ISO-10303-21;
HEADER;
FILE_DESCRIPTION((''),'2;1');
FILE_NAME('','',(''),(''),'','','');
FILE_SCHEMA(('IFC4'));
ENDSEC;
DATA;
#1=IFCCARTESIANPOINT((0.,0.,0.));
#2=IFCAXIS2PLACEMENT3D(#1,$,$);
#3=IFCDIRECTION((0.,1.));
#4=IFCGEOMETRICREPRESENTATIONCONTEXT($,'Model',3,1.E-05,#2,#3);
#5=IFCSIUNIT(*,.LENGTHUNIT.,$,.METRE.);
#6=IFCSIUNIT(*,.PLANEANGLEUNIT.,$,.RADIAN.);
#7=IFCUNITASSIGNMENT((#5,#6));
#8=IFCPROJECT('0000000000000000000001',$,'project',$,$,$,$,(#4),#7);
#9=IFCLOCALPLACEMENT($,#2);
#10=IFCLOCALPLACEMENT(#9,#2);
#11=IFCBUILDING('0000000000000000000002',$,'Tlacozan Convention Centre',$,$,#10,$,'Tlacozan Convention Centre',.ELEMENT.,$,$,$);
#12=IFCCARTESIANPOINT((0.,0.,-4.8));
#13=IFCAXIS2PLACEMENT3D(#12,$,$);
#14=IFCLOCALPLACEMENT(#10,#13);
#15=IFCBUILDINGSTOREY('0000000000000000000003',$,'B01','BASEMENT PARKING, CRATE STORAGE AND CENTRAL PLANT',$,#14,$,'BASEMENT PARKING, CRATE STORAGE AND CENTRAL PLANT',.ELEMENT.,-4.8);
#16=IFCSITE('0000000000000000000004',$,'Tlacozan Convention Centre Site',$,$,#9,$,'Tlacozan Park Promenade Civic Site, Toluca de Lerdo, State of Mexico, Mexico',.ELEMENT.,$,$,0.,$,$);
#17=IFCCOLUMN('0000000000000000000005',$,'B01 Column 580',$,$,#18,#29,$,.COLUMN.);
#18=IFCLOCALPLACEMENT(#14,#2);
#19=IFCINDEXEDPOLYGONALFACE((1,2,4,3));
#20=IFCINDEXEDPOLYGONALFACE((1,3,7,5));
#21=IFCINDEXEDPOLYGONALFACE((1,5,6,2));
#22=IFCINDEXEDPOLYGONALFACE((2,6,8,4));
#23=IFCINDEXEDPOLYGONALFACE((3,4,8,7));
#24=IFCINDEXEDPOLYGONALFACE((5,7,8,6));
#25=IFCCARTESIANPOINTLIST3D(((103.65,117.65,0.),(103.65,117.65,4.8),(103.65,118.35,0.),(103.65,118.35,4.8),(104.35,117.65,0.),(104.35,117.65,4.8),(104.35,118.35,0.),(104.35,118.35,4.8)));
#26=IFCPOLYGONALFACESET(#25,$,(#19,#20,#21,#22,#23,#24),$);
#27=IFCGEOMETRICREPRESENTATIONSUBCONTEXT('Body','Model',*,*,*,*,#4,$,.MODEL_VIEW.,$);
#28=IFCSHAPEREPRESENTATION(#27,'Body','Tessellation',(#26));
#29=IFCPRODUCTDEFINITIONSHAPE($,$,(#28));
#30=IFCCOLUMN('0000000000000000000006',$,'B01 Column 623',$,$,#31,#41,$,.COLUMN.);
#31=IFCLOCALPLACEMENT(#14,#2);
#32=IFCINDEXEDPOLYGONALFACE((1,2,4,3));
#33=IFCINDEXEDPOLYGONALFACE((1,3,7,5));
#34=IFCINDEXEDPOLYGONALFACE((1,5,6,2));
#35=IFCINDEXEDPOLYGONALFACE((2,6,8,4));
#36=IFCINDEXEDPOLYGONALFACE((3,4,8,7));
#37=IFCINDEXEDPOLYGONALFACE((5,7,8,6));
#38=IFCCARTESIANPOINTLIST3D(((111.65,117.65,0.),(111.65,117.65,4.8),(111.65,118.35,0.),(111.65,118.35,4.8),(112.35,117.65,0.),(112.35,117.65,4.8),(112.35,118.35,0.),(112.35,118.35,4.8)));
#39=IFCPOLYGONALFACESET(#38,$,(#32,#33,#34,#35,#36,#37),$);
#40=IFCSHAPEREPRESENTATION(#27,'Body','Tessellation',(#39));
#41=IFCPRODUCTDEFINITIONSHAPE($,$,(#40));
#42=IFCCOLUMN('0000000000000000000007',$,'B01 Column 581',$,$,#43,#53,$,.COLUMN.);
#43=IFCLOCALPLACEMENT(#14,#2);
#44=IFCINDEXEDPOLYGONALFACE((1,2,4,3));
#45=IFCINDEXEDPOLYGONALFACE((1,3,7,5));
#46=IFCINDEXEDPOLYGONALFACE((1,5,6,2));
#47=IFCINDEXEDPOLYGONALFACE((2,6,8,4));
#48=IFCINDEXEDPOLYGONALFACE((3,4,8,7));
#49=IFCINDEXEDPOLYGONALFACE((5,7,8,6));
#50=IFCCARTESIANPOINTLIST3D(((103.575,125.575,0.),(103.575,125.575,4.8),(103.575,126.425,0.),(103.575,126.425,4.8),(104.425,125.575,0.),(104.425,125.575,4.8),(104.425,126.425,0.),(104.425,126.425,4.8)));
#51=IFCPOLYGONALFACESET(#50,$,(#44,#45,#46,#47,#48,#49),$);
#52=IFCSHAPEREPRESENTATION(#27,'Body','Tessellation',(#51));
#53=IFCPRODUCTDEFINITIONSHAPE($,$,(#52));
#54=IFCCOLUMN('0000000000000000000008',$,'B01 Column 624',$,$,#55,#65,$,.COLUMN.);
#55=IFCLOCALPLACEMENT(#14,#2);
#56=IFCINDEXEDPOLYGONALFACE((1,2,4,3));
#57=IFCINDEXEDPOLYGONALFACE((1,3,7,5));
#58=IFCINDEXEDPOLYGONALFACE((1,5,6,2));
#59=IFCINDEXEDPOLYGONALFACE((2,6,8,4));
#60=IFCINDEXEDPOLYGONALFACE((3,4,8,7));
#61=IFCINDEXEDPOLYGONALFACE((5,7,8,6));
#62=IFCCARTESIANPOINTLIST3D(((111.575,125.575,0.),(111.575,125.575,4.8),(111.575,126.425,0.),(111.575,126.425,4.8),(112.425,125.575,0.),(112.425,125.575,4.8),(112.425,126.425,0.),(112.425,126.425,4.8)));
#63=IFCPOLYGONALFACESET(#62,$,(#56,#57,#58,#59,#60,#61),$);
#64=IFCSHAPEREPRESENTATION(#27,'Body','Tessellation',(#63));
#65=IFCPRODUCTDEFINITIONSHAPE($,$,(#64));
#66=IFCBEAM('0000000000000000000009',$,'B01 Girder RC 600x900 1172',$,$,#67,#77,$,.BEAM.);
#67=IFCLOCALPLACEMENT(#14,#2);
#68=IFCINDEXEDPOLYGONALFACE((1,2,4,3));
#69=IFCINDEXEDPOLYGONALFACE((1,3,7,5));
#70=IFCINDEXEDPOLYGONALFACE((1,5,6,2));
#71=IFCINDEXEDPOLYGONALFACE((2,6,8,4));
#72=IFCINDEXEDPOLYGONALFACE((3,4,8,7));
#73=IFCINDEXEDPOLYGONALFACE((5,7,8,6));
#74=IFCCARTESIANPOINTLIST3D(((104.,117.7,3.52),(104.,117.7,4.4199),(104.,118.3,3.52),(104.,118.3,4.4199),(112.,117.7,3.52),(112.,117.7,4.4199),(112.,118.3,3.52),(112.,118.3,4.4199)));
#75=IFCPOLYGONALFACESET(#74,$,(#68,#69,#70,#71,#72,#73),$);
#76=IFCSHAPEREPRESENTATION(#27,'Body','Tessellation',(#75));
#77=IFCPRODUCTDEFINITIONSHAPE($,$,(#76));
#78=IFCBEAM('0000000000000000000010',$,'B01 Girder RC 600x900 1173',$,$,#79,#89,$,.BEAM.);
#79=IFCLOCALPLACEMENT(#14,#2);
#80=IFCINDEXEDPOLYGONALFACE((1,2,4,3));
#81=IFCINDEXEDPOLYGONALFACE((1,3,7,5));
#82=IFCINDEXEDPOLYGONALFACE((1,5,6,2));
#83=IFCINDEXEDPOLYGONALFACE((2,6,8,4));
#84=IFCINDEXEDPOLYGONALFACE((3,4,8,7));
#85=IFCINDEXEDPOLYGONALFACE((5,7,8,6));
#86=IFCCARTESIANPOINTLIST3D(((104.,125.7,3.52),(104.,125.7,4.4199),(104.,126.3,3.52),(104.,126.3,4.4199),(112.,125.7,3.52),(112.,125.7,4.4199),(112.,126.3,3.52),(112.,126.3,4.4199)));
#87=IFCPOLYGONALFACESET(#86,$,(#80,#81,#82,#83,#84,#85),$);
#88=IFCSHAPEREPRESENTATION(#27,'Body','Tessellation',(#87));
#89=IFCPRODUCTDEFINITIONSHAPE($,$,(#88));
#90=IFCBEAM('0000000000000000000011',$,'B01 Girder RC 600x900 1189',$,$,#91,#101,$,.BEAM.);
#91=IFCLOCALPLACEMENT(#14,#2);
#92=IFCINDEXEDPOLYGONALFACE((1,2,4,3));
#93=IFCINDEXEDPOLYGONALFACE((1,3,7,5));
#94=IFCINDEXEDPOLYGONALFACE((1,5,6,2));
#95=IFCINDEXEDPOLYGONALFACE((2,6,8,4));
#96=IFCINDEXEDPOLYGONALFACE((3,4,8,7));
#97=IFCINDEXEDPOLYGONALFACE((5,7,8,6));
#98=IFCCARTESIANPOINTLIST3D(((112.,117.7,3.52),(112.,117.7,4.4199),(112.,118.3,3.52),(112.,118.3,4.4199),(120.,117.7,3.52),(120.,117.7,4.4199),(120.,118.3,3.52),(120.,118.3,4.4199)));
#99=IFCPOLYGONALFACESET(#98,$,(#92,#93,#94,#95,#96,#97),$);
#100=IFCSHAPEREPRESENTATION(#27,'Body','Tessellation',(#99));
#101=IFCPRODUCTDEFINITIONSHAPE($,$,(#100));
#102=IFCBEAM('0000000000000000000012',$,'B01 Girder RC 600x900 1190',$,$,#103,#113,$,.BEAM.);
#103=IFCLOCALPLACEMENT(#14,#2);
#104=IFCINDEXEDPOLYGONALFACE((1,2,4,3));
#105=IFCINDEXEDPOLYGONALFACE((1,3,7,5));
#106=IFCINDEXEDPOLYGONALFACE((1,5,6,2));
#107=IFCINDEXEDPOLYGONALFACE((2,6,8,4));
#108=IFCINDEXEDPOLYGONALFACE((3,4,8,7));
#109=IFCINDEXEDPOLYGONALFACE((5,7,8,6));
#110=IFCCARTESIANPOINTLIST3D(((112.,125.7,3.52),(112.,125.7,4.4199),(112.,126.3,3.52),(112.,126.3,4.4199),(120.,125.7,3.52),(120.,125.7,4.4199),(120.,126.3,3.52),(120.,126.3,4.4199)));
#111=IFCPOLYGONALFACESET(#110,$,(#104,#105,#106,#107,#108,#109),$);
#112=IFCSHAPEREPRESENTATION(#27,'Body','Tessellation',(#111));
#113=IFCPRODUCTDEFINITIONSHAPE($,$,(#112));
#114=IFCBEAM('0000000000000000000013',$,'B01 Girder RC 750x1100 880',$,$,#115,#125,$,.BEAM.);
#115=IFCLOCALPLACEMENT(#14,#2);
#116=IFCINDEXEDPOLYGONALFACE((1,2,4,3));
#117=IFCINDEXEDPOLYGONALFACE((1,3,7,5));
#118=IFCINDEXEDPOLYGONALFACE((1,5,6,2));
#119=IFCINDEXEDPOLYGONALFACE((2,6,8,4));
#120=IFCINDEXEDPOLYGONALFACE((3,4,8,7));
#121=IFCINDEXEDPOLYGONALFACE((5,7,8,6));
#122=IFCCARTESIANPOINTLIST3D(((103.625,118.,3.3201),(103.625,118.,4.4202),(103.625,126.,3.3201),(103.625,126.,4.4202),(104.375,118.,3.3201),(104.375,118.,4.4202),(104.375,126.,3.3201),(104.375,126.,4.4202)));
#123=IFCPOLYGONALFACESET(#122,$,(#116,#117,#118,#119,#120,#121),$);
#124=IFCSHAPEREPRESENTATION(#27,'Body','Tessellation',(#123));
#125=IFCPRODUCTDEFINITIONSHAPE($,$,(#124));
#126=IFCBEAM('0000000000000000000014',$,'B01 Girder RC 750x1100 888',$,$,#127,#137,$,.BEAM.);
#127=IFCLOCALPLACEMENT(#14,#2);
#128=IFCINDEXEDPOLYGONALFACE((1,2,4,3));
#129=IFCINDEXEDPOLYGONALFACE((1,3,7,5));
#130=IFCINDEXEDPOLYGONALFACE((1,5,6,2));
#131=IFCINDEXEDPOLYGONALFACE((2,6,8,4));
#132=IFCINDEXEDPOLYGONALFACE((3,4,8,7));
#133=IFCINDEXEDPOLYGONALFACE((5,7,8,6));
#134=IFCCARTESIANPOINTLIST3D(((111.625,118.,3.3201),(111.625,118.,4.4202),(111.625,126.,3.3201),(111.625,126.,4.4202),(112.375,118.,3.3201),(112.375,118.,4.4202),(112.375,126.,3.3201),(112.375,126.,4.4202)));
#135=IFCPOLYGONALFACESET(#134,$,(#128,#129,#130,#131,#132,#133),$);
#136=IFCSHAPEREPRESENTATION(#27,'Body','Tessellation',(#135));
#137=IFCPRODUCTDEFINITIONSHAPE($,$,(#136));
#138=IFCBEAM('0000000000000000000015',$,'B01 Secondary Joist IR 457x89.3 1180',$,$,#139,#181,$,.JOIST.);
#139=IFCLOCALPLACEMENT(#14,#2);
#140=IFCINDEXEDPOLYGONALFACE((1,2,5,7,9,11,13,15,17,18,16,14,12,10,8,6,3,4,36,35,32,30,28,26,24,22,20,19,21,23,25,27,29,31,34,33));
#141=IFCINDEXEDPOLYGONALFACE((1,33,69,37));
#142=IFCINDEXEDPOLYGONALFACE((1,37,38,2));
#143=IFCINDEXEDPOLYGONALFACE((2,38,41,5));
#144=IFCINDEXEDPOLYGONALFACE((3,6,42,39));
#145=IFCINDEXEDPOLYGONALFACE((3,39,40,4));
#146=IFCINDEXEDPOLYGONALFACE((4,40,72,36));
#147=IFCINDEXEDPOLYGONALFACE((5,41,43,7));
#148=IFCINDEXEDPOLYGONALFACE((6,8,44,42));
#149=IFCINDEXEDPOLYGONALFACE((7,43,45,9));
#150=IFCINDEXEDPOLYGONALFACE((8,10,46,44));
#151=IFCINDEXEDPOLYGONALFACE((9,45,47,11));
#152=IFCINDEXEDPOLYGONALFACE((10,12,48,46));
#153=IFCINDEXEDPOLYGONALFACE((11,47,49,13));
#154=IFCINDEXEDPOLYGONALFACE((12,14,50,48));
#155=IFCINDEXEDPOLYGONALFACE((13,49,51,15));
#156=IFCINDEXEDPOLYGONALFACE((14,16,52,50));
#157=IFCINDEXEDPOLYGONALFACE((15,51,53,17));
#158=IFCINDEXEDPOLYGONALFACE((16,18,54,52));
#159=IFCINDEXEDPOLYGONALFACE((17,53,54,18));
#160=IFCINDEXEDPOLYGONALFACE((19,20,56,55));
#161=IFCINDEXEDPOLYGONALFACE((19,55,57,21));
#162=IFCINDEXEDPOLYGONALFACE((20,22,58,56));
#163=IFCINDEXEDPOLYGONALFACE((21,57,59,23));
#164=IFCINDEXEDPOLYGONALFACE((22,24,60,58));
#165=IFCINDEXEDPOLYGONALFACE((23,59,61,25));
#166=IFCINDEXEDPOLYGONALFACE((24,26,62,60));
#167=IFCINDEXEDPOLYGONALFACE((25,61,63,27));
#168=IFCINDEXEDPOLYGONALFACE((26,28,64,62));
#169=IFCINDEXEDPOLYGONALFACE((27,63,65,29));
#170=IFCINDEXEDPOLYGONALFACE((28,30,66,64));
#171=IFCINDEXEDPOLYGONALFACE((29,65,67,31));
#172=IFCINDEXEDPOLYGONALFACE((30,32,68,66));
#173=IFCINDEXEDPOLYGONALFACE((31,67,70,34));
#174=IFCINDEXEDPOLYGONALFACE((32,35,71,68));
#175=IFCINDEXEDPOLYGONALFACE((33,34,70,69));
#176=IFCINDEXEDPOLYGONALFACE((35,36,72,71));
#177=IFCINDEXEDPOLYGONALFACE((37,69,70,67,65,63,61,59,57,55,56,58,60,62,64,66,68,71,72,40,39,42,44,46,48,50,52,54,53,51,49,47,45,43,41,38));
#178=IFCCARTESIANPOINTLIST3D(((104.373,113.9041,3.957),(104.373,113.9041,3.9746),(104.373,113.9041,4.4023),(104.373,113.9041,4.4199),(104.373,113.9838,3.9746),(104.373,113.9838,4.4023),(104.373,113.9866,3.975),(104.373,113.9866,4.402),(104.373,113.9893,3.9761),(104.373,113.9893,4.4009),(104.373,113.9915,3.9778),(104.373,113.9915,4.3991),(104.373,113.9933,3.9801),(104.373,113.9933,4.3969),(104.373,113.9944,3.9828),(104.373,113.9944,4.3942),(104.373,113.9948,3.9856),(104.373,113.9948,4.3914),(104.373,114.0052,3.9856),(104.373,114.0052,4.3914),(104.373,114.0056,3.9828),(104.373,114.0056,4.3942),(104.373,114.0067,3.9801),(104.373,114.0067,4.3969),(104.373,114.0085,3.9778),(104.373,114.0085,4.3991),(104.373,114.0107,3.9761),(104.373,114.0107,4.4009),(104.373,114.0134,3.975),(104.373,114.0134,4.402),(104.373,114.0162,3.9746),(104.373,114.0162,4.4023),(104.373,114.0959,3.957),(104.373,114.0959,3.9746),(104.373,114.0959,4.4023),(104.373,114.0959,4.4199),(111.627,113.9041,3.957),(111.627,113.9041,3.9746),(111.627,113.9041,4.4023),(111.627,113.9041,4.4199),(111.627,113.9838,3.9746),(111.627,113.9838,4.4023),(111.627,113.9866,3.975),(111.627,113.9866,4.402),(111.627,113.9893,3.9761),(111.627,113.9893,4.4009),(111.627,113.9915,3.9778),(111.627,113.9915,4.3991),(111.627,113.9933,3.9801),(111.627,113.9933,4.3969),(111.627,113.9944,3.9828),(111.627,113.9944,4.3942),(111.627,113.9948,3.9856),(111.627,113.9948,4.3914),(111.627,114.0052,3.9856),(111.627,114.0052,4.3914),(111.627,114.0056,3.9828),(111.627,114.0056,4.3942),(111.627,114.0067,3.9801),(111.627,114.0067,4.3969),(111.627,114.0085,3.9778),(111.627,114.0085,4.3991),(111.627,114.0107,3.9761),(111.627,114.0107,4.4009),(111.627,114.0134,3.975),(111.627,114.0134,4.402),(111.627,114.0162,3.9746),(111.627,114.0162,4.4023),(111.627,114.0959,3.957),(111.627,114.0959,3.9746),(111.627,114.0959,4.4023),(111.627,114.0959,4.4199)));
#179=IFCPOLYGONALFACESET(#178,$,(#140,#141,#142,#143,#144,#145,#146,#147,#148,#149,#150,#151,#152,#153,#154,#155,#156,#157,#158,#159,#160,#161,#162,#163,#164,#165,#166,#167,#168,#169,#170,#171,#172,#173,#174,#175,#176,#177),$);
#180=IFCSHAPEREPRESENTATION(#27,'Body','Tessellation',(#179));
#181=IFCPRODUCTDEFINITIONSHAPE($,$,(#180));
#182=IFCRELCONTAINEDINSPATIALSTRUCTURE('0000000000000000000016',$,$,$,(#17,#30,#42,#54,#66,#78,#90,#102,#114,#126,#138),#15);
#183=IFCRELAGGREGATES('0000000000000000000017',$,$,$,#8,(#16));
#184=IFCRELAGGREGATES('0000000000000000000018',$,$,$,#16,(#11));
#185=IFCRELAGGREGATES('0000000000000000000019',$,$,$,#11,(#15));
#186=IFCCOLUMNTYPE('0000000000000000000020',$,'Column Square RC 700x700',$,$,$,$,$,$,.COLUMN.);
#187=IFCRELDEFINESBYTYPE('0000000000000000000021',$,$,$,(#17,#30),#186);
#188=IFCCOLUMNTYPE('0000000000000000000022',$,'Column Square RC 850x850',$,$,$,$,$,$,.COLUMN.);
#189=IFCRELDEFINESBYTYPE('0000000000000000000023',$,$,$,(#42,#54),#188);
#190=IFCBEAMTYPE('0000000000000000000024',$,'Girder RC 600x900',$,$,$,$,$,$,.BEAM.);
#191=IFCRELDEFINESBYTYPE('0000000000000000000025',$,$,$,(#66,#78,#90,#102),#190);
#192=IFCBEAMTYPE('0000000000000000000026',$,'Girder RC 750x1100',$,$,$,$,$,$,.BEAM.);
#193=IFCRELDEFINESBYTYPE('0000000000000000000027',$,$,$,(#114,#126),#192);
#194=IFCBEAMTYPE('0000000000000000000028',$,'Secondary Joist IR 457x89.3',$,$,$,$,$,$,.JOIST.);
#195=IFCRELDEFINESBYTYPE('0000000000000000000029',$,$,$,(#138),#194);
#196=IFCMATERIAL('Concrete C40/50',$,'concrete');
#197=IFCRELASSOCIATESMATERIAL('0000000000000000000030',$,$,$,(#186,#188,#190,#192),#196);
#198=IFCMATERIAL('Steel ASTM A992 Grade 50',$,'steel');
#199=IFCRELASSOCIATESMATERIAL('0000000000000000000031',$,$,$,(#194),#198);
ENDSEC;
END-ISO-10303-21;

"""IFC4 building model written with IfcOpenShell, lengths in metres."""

from ifc_helpers import new_model, si_unit, direction, frame, origin, origin_2d, place, context, subcontext, project, spatial, rectangle, i_section, extrude, material, material_profile, profile_set, type_object, element, save


model = new_model("IFC4")

# Units and contexts
model_context = context("Model", 3, precision=1e-05, world=origin(), true_north=direction((0.0, 1.0)))
body_context = subcontext(model_context, "Body", "Model", "MODEL_VIEW")
ifc_project = project(units=[si_unit("LENGTHUNIT", "METRE"), si_unit("PLANEANGLEUNIT", "RADIAN")], contexts=[model_context])

# Site, building, storey
site_placement = place(None, origin())
site = spatial("IfcSite", under=ifc_project, at=site_placement, Name="Tlacozan Convention Centre Site", LongName="Tlacozan Park Promenade Civic Site, Toluca de Lerdo, State of Mexico, Mexico", CompositionType="ELEMENT", RefElevation=0.0)
building_placement = place(site_placement, origin())
building = spatial("IfcBuilding", under=site, at=building_placement, Name="Tlacozan Convention Centre", LongName="Tlacozan Convention Centre", CompositionType="ELEMENT")
storey_placement = place(building_placement, frame((0.0, 0.0, -4.8)))
storey = spatial("IfcBuildingStorey", under=building, at=storey_placement, Name="B01", Description="BASEMENT PARKING, CRATE STORAGE AND CENTRAL PLANT", LongName="BASEMENT PARKING, CRATE STORAGE AND CENTRAL PLANT", CompositionType="ELEMENT", Elevation=-4.8)

# Columns
ifc_material_1 = material(Name="Concrete C40/50", Category="concrete")
ifc_material_profile_1 = material_profile(ifc_material_1, rectangle(XDim=0.7, YDim=0.7, at=origin_2d()), Name="RC 700x700")
ifc_profile_set_1 = profile_set([ifc_material_profile_1], Name="Concrete C40/50")
column_type_1 = type_object("IfcColumnType", Name="Column Square RC 700x700", PredefinedType="COLUMN", material=ifc_profile_set_1)
for number, where, z_axis, x_axis, name in (
    (1, (104.0, 118.0, 0.0), (0.0, 0.0, 1.0), (1.0, 0.0, 0.0), "B01 Column 580"),
    (2, (112.0, 118.0, 0.0), (0.0, 0.0, 1.0), (1.0, 0.0, 0.0), "B01 Column 623"),
):
    element("IfcColumn", number, at=place(storey_placement, frame(where, z_axis=z_axis, x_axis=x_axis)), inside=storey, type_object=column_type_1, Name=name, PredefinedType="COLUMN", context=body_context, shape_type="SweptSolid", body=[
        extrude(rectangle(XDim=0.7, YDim=0.7, at=origin_2d()), origin(), (0.0, 0.0, 1.0), 4.8),
    ])
ifc_material_profile_2 = material_profile(ifc_material_1, rectangle(XDim=0.8501, YDim=0.8501, at=origin_2d()), Name="RC 850x850")
ifc_profile_set_2 = profile_set([ifc_material_profile_2], Name="Concrete C40/50")
column_type_2 = type_object("IfcColumnType", Name="Column Square RC 850x850", PredefinedType="COLUMN", material=ifc_profile_set_2)
for number, where, z_axis, x_axis, name in (
    (3, (104.0, 126.0, 0.0), (0.0, 0.0, 1.0), (1.0, 0.0, 0.0), "B01 Column 581"),
    (4, (112.0, 126.0, 0.0), (0.0, 0.0, 1.0), (1.0, 0.0, 0.0), "B01 Column 624"),
):
    element("IfcColumn", number, at=place(storey_placement, frame(where, z_axis=z_axis, x_axis=x_axis)), inside=storey, type_object=column_type_2, Name=name, PredefinedType="COLUMN", context=body_context, shape_type="SweptSolid", body=[
        extrude(rectangle(XDim=0.8501, YDim=0.8501, at=origin_2d()), origin(), (0.0, 0.0, 1.0), 4.8),
    ])

# Beams
ifc_material_profile_3 = material_profile(ifc_material_1, rectangle(XDim=0.6001, YDim=0.8999, at=origin_2d()), Name="RC 600x900")
ifc_profile_set_3 = profile_set([ifc_material_profile_3], Name="Concrete C40/50")
beam_type_1 = type_object("IfcBeamType", Name="Girder RC 600x900", PredefinedType="BEAM", material=ifc_profile_set_3)
for number, where, z_axis, x_axis, name in (
    (5, (104.0, 118.0, 3.97), (1.0, 0.0, 0.0), (0.0, 1.0, 0.0), "B01 Girder RC 600x900 1172"),
    (6, (104.0, 126.0, 3.97), (1.0, 0.0, 0.0), (0.0, 1.0, 0.0), "B01 Girder RC 600x900 1173"),
    (7, (112.0, 118.0, 3.97), (1.0, 0.0, 0.0), (0.0, 1.0, 0.0), "B01 Girder RC 600x900 1189"),
    (8, (112.0, 126.0, 3.97), (1.0, 0.0, 0.0), (0.0, 1.0, 0.0), "B01 Girder RC 600x900 1190"),
):
    element("IfcBeam", number, at=place(storey_placement, frame(where, z_axis=z_axis, x_axis=x_axis)), inside=storey, type_object=beam_type_1, Name=name, PredefinedType="BEAM", context=body_context, shape_type="SweptSolid", body=[
        extrude(rectangle(XDim=0.6001, YDim=0.8999, at=origin_2d()), origin(), (0.0, 0.0, 1.0), 8.0),
    ])
ifc_material_profile_4 = material_profile(ifc_material_1, rectangle(XDim=0.75, YDim=1.1001, at=origin_2d()), Name="RC 750x1100")
ifc_profile_set_4 = profile_set([ifc_material_profile_4], Name="Concrete C40/50")
beam_type_2 = type_object("IfcBeamType", Name="Girder RC 750x1100", PredefinedType="BEAM", material=ifc_profile_set_4)
for number, where, z_axis, x_axis, name in (
    (9, (104.0, 118.0, 3.8701), (0.0, 1.0, 0.0), (-1.0, 0.0, 0.0), "B01 Girder RC 750x1100 880"),
    (10, (112.0, 118.0, 3.8701), (0.0, 1.0, 0.0), (-1.0, 0.0, 0.0), "B01 Girder RC 750x1100 888"),
):
    element("IfcBeam", number, at=place(storey_placement, frame(where, z_axis=z_axis, x_axis=x_axis)), inside=storey, type_object=beam_type_2, Name=name, PredefinedType="BEAM", context=body_context, shape_type="SweptSolid", body=[
        extrude(rectangle(XDim=0.75, YDim=1.1001, at=origin_2d()), origin(), (0.0, 0.0, 1.0), 8.0),
    ])
ifc_material_2 = material(Name="Steel ASTM A992 Grade 50", Category="steel")
ifc_material_profile_5 = material_profile(ifc_material_2, i_section(OverallWidth=0.1919, OverallDepth=0.4629, WebThickness=0.0105, FlangeThickness=0.0176, FilletRadius=0.011, at=origin_2d()), Name="IR 457x89.3")
ifc_profile_set_5 = profile_set([ifc_material_profile_5], Name="Steel ASTM A992 Grade 50")
beam_type_3 = type_object("IfcBeamType", Name="Secondary Joist IR 457x89.3", PredefinedType="JOIST", material=ifc_profile_set_5)
for number, where, z_axis, x_axis, name in (
    (11, (104.373, 114.0, 4.1885), (1.0, 0.0, 0.0), (0.0, 1.0, 0.0), "B01 Secondary Joist IR 457x89.3 1180"),
):
    element("IfcBeam", number, at=place(storey_placement, frame(where, z_axis=z_axis, x_axis=x_axis)), inside=storey, type_object=beam_type_3, Name=name, PredefinedType="JOIST", context=body_context, shape_type="SweptSolid", body=[
        extrude(i_section(OverallWidth=0.1919, OverallDepth=0.4629, WebThickness=0.0105, FlangeThickness=0.0176, FilletRadius=0.011, at=origin_2d()), origin(), (0.0, 0.0, 1.0), 7.2539),
    ])

save(model, "model.ifc")
